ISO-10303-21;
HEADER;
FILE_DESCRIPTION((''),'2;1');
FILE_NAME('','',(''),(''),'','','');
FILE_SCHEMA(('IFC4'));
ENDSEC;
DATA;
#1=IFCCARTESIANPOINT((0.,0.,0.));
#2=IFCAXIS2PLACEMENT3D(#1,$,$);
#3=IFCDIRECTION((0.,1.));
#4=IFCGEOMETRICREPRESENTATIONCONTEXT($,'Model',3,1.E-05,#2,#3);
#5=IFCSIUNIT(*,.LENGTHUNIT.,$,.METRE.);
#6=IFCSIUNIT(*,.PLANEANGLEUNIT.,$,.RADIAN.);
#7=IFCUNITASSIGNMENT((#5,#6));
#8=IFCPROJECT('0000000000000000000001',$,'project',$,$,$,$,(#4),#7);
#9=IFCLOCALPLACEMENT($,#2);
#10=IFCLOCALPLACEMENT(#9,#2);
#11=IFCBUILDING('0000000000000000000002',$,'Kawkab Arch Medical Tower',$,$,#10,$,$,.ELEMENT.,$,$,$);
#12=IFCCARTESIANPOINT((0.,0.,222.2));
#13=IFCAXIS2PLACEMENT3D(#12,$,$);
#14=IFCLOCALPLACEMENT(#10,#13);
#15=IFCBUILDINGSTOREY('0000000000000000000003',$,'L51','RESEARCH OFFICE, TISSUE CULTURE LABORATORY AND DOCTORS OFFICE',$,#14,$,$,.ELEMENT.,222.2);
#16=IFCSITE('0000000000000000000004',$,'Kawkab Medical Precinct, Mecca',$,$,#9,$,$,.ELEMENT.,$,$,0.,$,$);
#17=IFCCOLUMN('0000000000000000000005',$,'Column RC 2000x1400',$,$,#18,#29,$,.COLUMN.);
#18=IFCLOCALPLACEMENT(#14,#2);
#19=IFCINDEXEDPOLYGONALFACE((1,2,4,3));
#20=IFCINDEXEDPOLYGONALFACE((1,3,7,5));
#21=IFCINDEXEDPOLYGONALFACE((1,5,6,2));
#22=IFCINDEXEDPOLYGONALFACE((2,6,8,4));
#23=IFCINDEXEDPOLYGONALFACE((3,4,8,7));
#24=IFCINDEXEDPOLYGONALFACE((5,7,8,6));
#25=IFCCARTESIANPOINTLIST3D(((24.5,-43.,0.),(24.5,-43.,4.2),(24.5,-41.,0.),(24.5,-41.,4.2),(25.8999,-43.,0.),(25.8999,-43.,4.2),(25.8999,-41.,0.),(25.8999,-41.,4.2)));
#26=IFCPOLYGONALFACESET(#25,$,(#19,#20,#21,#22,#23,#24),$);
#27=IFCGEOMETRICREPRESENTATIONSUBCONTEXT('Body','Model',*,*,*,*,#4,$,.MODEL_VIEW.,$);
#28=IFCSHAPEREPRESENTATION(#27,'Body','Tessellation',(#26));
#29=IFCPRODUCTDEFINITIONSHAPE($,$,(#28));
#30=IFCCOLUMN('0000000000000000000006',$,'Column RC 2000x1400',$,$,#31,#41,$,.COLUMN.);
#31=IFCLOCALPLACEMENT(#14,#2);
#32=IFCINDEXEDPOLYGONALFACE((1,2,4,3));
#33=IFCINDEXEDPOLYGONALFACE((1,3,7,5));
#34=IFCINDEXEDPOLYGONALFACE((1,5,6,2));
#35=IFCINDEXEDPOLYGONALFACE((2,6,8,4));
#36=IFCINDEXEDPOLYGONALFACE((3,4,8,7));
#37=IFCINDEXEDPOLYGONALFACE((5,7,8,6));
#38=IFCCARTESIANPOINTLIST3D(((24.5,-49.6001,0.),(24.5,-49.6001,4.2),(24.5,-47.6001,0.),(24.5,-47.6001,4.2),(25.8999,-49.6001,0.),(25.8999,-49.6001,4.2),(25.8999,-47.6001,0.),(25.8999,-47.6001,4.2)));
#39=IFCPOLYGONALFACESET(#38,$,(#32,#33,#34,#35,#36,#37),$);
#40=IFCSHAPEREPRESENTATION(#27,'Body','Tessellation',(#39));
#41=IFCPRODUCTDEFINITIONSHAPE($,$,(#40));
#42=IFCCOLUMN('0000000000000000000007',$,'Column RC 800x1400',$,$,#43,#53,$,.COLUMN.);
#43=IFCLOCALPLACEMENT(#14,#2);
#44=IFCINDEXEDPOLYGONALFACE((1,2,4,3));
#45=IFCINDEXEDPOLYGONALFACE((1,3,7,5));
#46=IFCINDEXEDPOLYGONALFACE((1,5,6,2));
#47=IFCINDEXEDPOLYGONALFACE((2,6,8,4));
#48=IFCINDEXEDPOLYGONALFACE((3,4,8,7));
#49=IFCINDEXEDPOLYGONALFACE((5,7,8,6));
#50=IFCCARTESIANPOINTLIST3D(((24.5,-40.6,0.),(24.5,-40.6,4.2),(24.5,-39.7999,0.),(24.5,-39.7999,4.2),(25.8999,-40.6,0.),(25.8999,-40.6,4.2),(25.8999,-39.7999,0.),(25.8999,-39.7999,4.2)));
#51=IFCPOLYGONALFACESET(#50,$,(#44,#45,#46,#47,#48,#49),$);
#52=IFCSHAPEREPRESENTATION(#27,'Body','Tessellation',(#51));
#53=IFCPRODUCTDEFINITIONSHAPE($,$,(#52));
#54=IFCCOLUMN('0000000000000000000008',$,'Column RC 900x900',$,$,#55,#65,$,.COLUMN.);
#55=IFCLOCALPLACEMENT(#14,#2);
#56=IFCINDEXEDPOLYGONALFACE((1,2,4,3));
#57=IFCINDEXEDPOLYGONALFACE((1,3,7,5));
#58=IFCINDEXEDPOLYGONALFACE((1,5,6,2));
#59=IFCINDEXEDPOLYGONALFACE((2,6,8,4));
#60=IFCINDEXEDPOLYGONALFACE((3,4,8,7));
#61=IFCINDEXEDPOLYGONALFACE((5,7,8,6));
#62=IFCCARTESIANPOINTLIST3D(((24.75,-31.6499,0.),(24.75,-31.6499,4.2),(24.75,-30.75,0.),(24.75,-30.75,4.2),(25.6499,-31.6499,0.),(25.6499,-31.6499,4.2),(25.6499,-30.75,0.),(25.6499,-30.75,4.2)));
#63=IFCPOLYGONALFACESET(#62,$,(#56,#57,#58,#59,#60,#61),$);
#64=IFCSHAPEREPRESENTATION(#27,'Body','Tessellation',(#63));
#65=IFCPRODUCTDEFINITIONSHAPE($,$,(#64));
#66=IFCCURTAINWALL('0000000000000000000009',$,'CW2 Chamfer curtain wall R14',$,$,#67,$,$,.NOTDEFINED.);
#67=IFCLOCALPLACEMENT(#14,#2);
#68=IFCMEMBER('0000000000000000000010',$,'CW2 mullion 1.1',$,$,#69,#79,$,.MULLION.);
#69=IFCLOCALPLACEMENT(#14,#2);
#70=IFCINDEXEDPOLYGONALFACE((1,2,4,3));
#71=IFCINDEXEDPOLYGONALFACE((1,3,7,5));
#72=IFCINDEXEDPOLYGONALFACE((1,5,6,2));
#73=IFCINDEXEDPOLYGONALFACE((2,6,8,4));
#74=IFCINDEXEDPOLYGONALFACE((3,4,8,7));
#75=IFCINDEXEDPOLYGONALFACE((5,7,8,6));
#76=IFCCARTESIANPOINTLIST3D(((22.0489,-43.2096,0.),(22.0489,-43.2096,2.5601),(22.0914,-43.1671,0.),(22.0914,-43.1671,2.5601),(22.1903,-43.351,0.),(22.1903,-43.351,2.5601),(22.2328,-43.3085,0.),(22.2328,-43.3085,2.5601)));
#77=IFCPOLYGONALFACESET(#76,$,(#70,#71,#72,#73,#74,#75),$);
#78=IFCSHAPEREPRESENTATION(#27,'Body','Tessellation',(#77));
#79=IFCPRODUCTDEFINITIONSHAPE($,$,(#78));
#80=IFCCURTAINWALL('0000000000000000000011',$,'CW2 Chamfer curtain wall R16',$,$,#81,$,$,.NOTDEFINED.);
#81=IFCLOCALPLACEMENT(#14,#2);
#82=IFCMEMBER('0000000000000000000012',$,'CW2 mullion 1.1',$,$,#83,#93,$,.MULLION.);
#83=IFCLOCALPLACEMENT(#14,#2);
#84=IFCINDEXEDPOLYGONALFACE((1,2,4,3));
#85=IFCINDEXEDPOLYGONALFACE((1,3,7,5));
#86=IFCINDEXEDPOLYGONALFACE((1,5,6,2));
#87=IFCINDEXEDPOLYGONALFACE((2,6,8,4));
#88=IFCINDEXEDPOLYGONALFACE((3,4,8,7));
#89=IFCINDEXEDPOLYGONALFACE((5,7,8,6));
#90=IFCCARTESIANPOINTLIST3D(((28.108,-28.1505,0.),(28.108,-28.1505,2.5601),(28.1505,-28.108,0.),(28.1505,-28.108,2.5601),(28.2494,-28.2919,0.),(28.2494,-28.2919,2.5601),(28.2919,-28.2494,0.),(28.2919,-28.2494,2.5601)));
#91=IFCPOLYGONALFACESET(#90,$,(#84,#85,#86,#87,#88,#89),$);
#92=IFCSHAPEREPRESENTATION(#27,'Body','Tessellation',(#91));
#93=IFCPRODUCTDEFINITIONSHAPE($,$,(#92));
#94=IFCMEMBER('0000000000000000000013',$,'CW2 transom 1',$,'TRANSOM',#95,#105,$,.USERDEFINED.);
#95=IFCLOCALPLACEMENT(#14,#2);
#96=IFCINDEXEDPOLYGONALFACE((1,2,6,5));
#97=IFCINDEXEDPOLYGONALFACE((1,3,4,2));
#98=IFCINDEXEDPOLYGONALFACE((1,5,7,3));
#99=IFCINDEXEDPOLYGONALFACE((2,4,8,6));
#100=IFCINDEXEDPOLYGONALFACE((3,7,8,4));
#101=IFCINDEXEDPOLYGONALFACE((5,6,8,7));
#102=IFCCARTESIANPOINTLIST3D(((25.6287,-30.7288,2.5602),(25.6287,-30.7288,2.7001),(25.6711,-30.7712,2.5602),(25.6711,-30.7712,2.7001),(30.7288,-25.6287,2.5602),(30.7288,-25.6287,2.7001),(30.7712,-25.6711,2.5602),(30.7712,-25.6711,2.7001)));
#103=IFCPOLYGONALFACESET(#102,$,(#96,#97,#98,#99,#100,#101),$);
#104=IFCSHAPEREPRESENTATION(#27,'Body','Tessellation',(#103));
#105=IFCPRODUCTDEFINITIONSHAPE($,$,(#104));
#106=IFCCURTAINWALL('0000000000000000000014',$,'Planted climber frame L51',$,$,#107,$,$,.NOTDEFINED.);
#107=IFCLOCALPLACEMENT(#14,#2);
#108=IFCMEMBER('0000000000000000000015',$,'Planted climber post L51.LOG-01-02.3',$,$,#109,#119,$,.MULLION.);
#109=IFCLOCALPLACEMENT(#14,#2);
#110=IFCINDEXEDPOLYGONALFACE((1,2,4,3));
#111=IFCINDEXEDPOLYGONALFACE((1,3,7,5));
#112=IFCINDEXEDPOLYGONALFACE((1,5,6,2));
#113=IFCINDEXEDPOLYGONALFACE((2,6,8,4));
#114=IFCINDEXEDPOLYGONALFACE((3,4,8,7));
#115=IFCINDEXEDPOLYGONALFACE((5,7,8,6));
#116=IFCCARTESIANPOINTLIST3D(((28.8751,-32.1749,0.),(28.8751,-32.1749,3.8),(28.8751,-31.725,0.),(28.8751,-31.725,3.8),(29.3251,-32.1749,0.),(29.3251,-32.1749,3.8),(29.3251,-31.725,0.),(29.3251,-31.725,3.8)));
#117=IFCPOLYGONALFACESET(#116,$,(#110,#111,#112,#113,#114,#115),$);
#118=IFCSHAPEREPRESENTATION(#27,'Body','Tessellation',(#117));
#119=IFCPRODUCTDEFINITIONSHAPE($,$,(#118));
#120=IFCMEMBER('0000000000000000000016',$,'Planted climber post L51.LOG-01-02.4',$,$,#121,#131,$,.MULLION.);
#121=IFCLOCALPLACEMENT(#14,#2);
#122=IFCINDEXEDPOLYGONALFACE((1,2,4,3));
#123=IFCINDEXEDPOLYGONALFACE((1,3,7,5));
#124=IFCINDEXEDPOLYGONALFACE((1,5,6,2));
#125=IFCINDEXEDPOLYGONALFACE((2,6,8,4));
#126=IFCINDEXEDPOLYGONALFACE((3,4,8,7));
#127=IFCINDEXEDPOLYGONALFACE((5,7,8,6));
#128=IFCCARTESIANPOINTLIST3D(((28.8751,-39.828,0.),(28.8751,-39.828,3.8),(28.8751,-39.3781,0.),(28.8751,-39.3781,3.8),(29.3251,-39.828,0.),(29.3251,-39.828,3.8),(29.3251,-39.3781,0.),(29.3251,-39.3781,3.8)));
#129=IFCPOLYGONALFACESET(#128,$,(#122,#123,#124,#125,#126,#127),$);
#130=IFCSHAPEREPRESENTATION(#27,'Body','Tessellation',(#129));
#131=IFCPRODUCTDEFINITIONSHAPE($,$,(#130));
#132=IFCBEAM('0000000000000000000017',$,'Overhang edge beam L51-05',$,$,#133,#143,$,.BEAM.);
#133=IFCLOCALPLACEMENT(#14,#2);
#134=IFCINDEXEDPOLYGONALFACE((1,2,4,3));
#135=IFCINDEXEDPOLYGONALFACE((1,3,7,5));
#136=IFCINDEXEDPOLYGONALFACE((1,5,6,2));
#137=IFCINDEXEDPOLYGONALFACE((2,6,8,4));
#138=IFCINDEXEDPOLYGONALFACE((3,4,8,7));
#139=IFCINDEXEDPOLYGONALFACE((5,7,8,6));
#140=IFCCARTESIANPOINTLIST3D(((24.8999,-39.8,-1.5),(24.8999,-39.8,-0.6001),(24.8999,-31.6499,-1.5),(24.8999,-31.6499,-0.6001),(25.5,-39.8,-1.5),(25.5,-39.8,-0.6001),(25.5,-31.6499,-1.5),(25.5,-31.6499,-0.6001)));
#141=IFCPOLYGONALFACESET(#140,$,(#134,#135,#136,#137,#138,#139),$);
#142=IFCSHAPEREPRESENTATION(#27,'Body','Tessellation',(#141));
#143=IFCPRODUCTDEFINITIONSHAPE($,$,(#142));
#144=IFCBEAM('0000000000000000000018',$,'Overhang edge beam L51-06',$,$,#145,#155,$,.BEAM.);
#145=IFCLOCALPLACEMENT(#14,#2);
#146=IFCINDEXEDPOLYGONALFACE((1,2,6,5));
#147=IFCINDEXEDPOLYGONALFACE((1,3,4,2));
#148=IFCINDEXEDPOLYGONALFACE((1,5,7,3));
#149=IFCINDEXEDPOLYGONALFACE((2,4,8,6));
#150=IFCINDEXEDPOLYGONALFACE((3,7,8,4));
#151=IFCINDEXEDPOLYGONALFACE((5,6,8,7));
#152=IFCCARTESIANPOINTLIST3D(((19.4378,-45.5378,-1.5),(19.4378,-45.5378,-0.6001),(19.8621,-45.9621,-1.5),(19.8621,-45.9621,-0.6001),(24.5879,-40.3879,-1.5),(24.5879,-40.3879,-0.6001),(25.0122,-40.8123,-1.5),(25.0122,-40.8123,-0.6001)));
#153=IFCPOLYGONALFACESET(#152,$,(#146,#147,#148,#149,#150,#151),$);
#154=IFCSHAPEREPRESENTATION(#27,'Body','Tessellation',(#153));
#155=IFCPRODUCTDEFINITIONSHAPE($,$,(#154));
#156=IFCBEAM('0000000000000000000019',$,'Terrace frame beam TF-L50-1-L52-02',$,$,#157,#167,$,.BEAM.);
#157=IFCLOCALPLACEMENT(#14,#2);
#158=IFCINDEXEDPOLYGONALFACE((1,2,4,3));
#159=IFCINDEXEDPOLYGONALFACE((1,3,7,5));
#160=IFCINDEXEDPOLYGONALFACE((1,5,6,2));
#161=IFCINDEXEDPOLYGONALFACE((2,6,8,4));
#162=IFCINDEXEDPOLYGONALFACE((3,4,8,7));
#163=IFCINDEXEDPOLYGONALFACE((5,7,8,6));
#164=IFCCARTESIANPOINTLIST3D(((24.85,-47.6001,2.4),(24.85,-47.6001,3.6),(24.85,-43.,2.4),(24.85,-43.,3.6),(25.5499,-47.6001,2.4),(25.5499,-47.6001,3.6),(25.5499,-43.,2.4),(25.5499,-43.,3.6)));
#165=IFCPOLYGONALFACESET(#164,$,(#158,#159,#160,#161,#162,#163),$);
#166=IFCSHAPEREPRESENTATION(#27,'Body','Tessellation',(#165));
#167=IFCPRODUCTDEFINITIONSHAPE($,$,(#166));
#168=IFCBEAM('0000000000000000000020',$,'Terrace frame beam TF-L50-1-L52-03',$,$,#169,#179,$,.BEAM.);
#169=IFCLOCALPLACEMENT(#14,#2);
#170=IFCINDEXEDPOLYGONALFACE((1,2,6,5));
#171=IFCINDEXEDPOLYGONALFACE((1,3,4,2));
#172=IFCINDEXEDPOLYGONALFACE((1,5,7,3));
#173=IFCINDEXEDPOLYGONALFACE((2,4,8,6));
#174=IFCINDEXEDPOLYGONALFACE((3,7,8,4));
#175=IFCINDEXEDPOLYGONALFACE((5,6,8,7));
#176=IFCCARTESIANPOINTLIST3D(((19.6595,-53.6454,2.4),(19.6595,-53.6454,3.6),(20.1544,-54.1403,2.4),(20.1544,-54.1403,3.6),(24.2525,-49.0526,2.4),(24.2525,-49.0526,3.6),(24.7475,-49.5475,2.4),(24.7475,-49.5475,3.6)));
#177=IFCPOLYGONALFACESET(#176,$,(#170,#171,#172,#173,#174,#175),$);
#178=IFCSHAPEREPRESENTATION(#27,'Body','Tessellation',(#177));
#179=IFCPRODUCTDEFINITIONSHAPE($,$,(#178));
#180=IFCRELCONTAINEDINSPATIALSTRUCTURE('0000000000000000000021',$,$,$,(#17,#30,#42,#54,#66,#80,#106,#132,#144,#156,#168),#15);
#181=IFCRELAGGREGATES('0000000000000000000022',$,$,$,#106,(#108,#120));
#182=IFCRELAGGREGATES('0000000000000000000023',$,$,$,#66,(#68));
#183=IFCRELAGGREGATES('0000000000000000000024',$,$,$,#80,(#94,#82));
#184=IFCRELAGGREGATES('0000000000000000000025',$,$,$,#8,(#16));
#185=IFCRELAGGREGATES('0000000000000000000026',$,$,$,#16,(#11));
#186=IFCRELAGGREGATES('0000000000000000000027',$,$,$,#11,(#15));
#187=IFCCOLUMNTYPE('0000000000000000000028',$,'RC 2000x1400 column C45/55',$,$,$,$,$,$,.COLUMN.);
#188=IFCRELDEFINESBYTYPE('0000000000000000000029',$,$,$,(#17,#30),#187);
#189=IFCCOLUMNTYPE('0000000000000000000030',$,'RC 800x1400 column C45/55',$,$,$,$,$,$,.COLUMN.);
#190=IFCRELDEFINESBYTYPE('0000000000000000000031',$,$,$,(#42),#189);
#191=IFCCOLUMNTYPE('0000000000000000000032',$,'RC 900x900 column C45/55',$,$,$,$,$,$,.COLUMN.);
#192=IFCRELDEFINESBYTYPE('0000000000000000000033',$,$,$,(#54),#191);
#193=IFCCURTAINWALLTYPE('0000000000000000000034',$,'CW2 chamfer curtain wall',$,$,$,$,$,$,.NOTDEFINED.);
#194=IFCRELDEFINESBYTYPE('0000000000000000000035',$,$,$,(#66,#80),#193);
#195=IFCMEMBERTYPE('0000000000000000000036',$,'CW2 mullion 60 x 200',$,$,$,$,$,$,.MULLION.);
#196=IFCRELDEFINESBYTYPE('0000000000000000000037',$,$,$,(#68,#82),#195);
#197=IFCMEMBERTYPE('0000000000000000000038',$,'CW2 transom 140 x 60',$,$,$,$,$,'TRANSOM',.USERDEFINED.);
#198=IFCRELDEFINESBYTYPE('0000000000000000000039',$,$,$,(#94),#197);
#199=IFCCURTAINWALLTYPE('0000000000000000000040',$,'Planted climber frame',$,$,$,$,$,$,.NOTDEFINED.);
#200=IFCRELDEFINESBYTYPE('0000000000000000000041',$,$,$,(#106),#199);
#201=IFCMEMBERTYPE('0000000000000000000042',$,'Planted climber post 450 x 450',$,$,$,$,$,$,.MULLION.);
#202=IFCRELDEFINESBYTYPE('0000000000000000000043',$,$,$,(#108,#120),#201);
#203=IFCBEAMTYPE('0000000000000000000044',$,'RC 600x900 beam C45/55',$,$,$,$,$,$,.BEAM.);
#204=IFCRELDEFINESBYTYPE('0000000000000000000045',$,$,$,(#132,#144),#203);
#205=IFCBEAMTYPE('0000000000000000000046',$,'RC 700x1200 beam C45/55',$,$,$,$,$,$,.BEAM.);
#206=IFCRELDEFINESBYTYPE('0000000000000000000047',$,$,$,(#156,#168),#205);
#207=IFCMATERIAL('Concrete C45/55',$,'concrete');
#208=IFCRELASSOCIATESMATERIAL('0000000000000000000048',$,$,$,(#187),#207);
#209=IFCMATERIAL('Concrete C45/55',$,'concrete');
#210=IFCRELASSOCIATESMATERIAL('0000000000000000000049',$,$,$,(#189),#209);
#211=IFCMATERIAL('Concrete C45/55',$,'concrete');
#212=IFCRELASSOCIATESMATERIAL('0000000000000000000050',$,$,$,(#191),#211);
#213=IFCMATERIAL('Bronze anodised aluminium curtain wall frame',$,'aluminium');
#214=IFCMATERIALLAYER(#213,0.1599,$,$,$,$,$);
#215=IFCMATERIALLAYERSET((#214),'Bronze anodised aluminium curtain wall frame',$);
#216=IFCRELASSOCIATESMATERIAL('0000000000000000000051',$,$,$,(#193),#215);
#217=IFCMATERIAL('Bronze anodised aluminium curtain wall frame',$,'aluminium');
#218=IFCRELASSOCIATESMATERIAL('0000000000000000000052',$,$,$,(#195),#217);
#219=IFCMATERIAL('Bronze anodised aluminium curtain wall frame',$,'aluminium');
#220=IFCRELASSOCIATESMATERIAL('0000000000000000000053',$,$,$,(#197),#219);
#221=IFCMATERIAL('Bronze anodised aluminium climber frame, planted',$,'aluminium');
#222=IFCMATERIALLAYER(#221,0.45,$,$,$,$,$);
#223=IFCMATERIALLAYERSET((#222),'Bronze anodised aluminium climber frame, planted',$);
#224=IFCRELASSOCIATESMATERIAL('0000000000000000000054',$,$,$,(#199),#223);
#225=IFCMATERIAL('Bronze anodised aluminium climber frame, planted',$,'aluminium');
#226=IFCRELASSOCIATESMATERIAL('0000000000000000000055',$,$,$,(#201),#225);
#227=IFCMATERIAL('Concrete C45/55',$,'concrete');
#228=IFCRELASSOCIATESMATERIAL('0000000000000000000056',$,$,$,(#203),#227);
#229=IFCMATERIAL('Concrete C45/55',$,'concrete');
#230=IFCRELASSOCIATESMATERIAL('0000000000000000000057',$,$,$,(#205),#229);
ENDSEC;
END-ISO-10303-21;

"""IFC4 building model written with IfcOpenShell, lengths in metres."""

from ifc_helpers import new_model, si_unit, direction, frame, origin, origin_2d, place, context, subcontext, project, spatial, rectangle, extrude, material, layer, layer_set, material_profile, profile_set, type_object, element, aggregate, save


model = new_model("IFC4")

# Units and contexts
model_context = context("Model", 3, precision=1e-05, world=origin(), true_north=direction((0.0, 1.0)))
body_context = subcontext(model_context, "Body", "Model", "MODEL_VIEW")
ifc_project = project(units=[si_unit("LENGTHUNIT", "METRE"), si_unit("PLANEANGLEUNIT", "RADIAN")], contexts=[model_context])

# Site, building, storey
site_placement = place(None, origin())
site = spatial("IfcSite", under=ifc_project, at=site_placement, Name="Kawkab Medical Precinct, Mecca", CompositionType="ELEMENT", RefElevation=0.0)
building_placement = place(site_placement, origin())
building = spatial("IfcBuilding", under=site, at=building_placement, Name="Kawkab Arch Medical Tower", CompositionType="ELEMENT")
storey_placement = place(building_placement, frame((0.0, 0.0, 222.2)))
storey = spatial("IfcBuildingStorey", under=building, at=storey_placement, Name="L51", Description="RESEARCH OFFICE, TISSUE CULTURE LABORATORY AND DOCTORS OFFICE", CompositionType="ELEMENT", Elevation=222.2)

# Columns
ifc_material_1 = material(Name="Concrete C45/55", Category="concrete")
ifc_material_profile_1 = material_profile(ifc_material_1, rectangle(XDim=2.0, YDim=1.3999, at=origin_2d()), Name="RC 2000x1400")
ifc_profile_set_1 = profile_set([ifc_material_profile_1], Name="Concrete C45/55")
column_type_1 = type_object("IfcColumnType", Name="RC 2000x1400 column C45/55", PredefinedType="COLUMN", material=ifc_profile_set_1)
for number, where, z_axis, x_axis, name in (
    (1, (25.2, -42.0, 0.0), (0.0, 0.0, 1.0), (0.0, -1.0, 0.0), "Column RC 2000x1400"),
    (2, (25.2, -48.6001, 0.0), (0.0, 0.0, 1.0), (0.0, -1.0, 0.0), "Column RC 2000x1400"),
):
    element("IfcColumn", number, at=place(storey_placement, frame(where, z_axis=z_axis, x_axis=x_axis)), inside=storey, type_object=column_type_1, Name=name, PredefinedType="COLUMN", context=body_context, shape_type="SweptSolid", body=[
        extrude(rectangle(XDim=2.0, YDim=1.3999, at=origin_2d()), origin(), (0.0, 0.0, 1.0), 4.2),
    ])
ifc_material_2 = material(Name="Concrete C45/55", Category="concrete")
ifc_material_profile_2 = material_profile(ifc_material_2, rectangle(XDim=0.8, YDim=1.3999, at=origin_2d()), Name="RC 800x1400")
ifc_profile_set_2 = profile_set([ifc_material_profile_2], Name="Concrete C45/55")
column_type_2 = type_object("IfcColumnType", Name="RC 800x1400 column C45/55", PredefinedType="COLUMN", material=ifc_profile_set_2)
column_1_placement = place(storey_placement, frame((25.2, -40.2, 0.0), z_axis=(0.0, 0.0, 1.0), x_axis=(0.0, -1.0, 0.0)))
element("IfcColumn", 3, at=column_1_placement, inside=storey, type_object=column_type_2, Name="Column RC 800x1400", PredefinedType="COLUMN", context=body_context, shape_type="SweptSolid", body=[
    extrude(rectangle(XDim=0.8, YDim=1.3999, at=origin_2d()), origin(), (0.0, 0.0, 1.0), 4.2),
])
ifc_material_3 = material(Name="Concrete C45/55", Category="concrete")
ifc_material_profile_3 = material_profile(ifc_material_3, rectangle(XDim=0.8999, YDim=0.8999, at=origin_2d()), Name="RC 900x900")
ifc_profile_set_3 = profile_set([ifc_material_profile_3], Name="Concrete C45/55")
column_type_3 = type_object("IfcColumnType", Name="RC 900x900 column C45/55", PredefinedType="COLUMN", material=ifc_profile_set_3)
column_2_placement = place(storey_placement, frame((25.2, -31.2, 0.0), z_axis=(0.0, 0.0, 1.0), x_axis=(1.0, 0.0, 0.0)))
element("IfcColumn", 4, at=column_2_placement, inside=storey, type_object=column_type_3, Name="Column RC 900x900", PredefinedType="COLUMN", context=body_context, shape_type="SweptSolid", body=[
    extrude(rectangle(XDim=0.8999, YDim=0.8999, at=origin_2d()), origin(), (0.0, 0.0, 1.0), 4.2),
])

# Curtain wall, member
ifc_material_4 = material(Name="Bronze anodised aluminium curtain wall frame", Category="aluminium")
ifc_layer_1 = layer(ifc_material_4, 0.1599)
ifc_layer_set_1 = layer_set([ifc_layer_1], Name="Bronze anodised aluminium curtain wall frame")
curtain_wall_type_1 = type_object("IfcCurtainWallType", Name="CW2 chamfer curtain wall", PredefinedType="NOTDEFINED", material=ifc_layer_set_1)
placement = place(storey_placement, origin())
curtain_wall_1 = element("IfcCurtainWall", 5, at=placement, inside=storey, type_object=curtain_wall_type_1, Name="CW2 Chamfer curtain wall R14", PredefinedType="NOTDEFINED")
ifc_material_5 = material(Name="Bronze anodised aluminium curtain wall frame", Category="aluminium")
ifc_material_profile_4 = material_profile(ifc_material_5, rectangle(XDim=0.2, YDim=0.0601, at=origin_2d()), Name="AL 60x200")
ifc_profile_set_4 = profile_set([ifc_material_profile_4], Name="Bronze anodised aluminium curtain wall frame")
member_type_1 = type_object("IfcMemberType", Name="CW2 mullion 60 x 200", PredefinedType="MULLION", material=ifc_profile_set_4)
member_1_placement = place(storey_placement, frame((22.1409, -43.259, 0.0), z_axis=(0.0, 0.0, 1.0), x_axis=(-0.707107, 0.707107, 0.0)))
member_1 = element("IfcMember", 6, at=member_1_placement, type_object=member_type_1, Name="CW2 mullion 1.1", PredefinedType="MULLION", context=body_context, shape_type="SweptSolid", body=[
    extrude(rectangle(XDim=0.2, YDim=0.0601, at=origin_2d()), origin(), (0.0, 0.0, 1.0), 2.5601),
])

# Curtain walls, members
curtain_wall_2 = element("IfcCurtainWall", 7, at=placement, inside=storey, type_object=curtain_wall_type_1, Name="CW2 Chamfer curtain wall R16", PredefinedType="NOTDEFINED")
member_2_placement = place(storey_placement, frame((28.2, -28.2, 0.0), z_axis=(0.0, 0.0, 1.0), x_axis=(-0.707107, 0.707107, 0.0)))
member_2 = element("IfcMember", 8, at=member_2_placement, type_object=member_type_1, Name="CW2 mullion 1.1", PredefinedType="MULLION", context=body_context, shape_type="SweptSolid", body=[
    extrude(rectangle(XDim=0.2, YDim=0.0601, at=origin_2d()), origin(), (0.0, 0.0, 1.0), 2.5601),
])
ifc_material_6 = material(Name="Bronze anodised aluminium curtain wall frame", Category="aluminium")
ifc_material_profile_5 = material_profile(ifc_material_6, rectangle(XDim=0.0601, YDim=0.1399, at=origin_2d()), Name="AL 60x140")
ifc_profile_set_5 = profile_set([ifc_material_profile_5], Name="Bronze anodised aluminium curtain wall frame")
member_type_2 = type_object("IfcMemberType", Name="CW2 transom 140 x 60", ElementType="TRANSOM", PredefinedType="USERDEFINED", material=ifc_profile_set_5)
member_3_placement = place(storey_placement, frame((25.6499, -30.75, 2.6301), z_axis=(0.707107, 0.707107, 0.0), x_axis=(-0.707107, 0.707107, 0.0)))
member_3 = element("IfcMember", 9, at=member_3_placement, type_object=member_type_2, Name="CW2 transom 1", ObjectType="TRANSOM", PredefinedType="USERDEFINED", context=body_context, shape_type="SweptSolid", body=[
    extrude(rectangle(XDim=0.0601, YDim=0.1399, at=origin_2d()), origin(), (0.0, 0.0, 1.0), 7.2126),
])
ifc_material_7 = material(Name="Bronze anodised aluminium climber frame, planted", Category="aluminium")
ifc_layer_2 = layer(ifc_material_7, 0.45)
ifc_layer_set_2 = layer_set([ifc_layer_2], Name="Bronze anodised aluminium climber frame, planted")
curtain_wall_type_2 = type_object("IfcCurtainWallType", Name="Planted climber frame", PredefinedType="NOTDEFINED", material=ifc_layer_set_2)
curtain_wall_3 = element("IfcCurtainWall", 10, at=placement, inside=storey, type_object=curtain_wall_type_2, Name="Planted climber frame L51", PredefinedType="NOTDEFINED")
ifc_material_8 = material(Name="Bronze anodised aluminium climber frame, planted", Category="aluminium")
ifc_material_profile_6 = material_profile(ifc_material_8, rectangle(XDim=0.45, YDim=0.45, at=origin_2d()), Name="Post 450x450")
ifc_profile_set_6 = profile_set([ifc_material_profile_6], Name="Bronze anodised aluminium climber frame, planted")
member_type_3 = type_object("IfcMemberType", Name="Planted climber post 450 x 450", PredefinedType="MULLION", material=ifc_profile_set_6)
member_4_placement = place(storey_placement, frame((29.1001, -31.95, 0.0), z_axis=(0.0, 0.0, 1.0), x_axis=(1.0, 0.0, 0.0)))
member_4 = element("IfcMember", 11, at=member_4_placement, type_object=member_type_3, Name="Planted climber post L51.LOG-01-02.3", PredefinedType="MULLION", context=body_context, shape_type="SweptSolid", body=[
    extrude(rectangle(XDim=0.45, YDim=0.45, at=origin_2d()), origin(), (0.0, 0.0, 1.0), 3.8),
])
member_5_placement = place(storey_placement, frame((29.1001, -39.603, 0.0), z_axis=(0.0, 0.0, 1.0), x_axis=(1.0, 0.0, 0.0)))
member_5 = element("IfcMember", 12, at=member_5_placement, type_object=member_type_3, Name="Planted climber post L51.LOG-01-02.4", PredefinedType="MULLION", context=body_context, shape_type="SweptSolid", body=[
    extrude(rectangle(XDim=0.45, YDim=0.45, at=origin_2d()), origin(), (0.0, 0.0, 1.0), 3.8),
])
aggregate(curtain_wall_3, [member_4, member_5])

# Beams
ifc_material_9 = material(Name="Concrete C45/55", Category="concrete")
ifc_material_profile_7 = material_profile(ifc_material_9, rectangle(XDim=0.6001, YDim=0.8999, at=origin_2d()), Name="RC 600x900")
ifc_profile_set_7 = profile_set([ifc_material_profile_7], Name="Concrete C45/55")
beam_type_1 = type_object("IfcBeamType", Name="RC 600x900 beam C45/55", PredefinedType="BEAM", material=ifc_profile_set_7)
beam_1_placement = place(storey_placement, frame((25.2, -31.6499, -1.05), z_axis=(0.0, -1.0, 0.0), x_axis=(1.0, 0.0, 0.0)))
element("IfcBeam", 13, at=beam_1_placement, inside=storey, type_object=beam_type_1, Name="Overhang edge beam L51-05", PredefinedType="BEAM", context=body_context, shape_type="SweptSolid", body=[
    extrude(rectangle(XDim=0.6001, YDim=0.8999, at=origin_2d()), origin(), (0.0, 0.0, 1.0), 8.1501),
])
beam_2_placement = place(storey_placement, frame((24.8, -40.6001, -1.05), z_axis=(-0.707124, -0.70709, 0.0), x_axis=(0.70709, -0.707124, 0.0)))
element("IfcBeam", 14, at=beam_2_placement, inside=storey, type_object=beam_type_1, Name="Overhang edge beam L51-06", PredefinedType="BEAM", context=body_context, shape_type="SweptSolid", body=[
    extrude(rectangle(XDim=0.6001, YDim=0.8999, at=origin_2d()), origin(), (0.0, 0.0, 1.0), 7.2832),
])
ifc_material_10 = material(Name="Concrete C45/55", Category="concrete")
ifc_material_profile_8 = material_profile(ifc_material_10, rectangle(XDim=0.7, YDim=1.2, at=origin_2d()), Name="RC 700x1200")
ifc_profile_set_8 = profile_set([ifc_material_profile_8], Name="Concrete C45/55")
beam_type_2 = type_object("IfcBeamType", Name="RC 700x1200 beam C45/55", PredefinedType="BEAM", material=ifc_profile_set_8)
beam_3_placement = place(storey_placement, frame((25.2, -43.0, 3.0), z_axis=(0.0, -1.0, 0.0), x_axis=(1.0, 0.0, 0.0)))
element("IfcBeam", 15, at=beam_3_placement, inside=storey, type_object=beam_type_2, Name="Terrace frame beam TF-L50-1-L52-02", PredefinedType="BEAM", context=body_context, shape_type="SweptSolid", body=[
    extrude(rectangle(XDim=0.7, YDim=1.2, at=origin_2d()), origin(), (0.0, 0.0, 1.0), 4.6001),
])
beam_4_placement = place(storey_placement, frame((24.5, -49.3, 3.0), z_axis=(-0.707126, -0.707088, 0.0), x_axis=(0.707088, -0.707126, 0.0)))
element("IfcBeam", 16, at=beam_4_placement, inside=storey, type_object=beam_type_2, Name="Terrace frame beam TF-L50-1-L52-03", PredefinedType="BEAM", context=body_context, shape_type="SweptSolid", body=[
    extrude(rectangle(XDim=0.7, YDim=1.2, at=origin_2d()), origin(), (0.0, 0.0, 1.0), 6.4954),
])

aggregate(curtain_wall_1, [member_1])
aggregate(curtain_wall_2, [member_3, member_2])

save(model, "model.ifc")
